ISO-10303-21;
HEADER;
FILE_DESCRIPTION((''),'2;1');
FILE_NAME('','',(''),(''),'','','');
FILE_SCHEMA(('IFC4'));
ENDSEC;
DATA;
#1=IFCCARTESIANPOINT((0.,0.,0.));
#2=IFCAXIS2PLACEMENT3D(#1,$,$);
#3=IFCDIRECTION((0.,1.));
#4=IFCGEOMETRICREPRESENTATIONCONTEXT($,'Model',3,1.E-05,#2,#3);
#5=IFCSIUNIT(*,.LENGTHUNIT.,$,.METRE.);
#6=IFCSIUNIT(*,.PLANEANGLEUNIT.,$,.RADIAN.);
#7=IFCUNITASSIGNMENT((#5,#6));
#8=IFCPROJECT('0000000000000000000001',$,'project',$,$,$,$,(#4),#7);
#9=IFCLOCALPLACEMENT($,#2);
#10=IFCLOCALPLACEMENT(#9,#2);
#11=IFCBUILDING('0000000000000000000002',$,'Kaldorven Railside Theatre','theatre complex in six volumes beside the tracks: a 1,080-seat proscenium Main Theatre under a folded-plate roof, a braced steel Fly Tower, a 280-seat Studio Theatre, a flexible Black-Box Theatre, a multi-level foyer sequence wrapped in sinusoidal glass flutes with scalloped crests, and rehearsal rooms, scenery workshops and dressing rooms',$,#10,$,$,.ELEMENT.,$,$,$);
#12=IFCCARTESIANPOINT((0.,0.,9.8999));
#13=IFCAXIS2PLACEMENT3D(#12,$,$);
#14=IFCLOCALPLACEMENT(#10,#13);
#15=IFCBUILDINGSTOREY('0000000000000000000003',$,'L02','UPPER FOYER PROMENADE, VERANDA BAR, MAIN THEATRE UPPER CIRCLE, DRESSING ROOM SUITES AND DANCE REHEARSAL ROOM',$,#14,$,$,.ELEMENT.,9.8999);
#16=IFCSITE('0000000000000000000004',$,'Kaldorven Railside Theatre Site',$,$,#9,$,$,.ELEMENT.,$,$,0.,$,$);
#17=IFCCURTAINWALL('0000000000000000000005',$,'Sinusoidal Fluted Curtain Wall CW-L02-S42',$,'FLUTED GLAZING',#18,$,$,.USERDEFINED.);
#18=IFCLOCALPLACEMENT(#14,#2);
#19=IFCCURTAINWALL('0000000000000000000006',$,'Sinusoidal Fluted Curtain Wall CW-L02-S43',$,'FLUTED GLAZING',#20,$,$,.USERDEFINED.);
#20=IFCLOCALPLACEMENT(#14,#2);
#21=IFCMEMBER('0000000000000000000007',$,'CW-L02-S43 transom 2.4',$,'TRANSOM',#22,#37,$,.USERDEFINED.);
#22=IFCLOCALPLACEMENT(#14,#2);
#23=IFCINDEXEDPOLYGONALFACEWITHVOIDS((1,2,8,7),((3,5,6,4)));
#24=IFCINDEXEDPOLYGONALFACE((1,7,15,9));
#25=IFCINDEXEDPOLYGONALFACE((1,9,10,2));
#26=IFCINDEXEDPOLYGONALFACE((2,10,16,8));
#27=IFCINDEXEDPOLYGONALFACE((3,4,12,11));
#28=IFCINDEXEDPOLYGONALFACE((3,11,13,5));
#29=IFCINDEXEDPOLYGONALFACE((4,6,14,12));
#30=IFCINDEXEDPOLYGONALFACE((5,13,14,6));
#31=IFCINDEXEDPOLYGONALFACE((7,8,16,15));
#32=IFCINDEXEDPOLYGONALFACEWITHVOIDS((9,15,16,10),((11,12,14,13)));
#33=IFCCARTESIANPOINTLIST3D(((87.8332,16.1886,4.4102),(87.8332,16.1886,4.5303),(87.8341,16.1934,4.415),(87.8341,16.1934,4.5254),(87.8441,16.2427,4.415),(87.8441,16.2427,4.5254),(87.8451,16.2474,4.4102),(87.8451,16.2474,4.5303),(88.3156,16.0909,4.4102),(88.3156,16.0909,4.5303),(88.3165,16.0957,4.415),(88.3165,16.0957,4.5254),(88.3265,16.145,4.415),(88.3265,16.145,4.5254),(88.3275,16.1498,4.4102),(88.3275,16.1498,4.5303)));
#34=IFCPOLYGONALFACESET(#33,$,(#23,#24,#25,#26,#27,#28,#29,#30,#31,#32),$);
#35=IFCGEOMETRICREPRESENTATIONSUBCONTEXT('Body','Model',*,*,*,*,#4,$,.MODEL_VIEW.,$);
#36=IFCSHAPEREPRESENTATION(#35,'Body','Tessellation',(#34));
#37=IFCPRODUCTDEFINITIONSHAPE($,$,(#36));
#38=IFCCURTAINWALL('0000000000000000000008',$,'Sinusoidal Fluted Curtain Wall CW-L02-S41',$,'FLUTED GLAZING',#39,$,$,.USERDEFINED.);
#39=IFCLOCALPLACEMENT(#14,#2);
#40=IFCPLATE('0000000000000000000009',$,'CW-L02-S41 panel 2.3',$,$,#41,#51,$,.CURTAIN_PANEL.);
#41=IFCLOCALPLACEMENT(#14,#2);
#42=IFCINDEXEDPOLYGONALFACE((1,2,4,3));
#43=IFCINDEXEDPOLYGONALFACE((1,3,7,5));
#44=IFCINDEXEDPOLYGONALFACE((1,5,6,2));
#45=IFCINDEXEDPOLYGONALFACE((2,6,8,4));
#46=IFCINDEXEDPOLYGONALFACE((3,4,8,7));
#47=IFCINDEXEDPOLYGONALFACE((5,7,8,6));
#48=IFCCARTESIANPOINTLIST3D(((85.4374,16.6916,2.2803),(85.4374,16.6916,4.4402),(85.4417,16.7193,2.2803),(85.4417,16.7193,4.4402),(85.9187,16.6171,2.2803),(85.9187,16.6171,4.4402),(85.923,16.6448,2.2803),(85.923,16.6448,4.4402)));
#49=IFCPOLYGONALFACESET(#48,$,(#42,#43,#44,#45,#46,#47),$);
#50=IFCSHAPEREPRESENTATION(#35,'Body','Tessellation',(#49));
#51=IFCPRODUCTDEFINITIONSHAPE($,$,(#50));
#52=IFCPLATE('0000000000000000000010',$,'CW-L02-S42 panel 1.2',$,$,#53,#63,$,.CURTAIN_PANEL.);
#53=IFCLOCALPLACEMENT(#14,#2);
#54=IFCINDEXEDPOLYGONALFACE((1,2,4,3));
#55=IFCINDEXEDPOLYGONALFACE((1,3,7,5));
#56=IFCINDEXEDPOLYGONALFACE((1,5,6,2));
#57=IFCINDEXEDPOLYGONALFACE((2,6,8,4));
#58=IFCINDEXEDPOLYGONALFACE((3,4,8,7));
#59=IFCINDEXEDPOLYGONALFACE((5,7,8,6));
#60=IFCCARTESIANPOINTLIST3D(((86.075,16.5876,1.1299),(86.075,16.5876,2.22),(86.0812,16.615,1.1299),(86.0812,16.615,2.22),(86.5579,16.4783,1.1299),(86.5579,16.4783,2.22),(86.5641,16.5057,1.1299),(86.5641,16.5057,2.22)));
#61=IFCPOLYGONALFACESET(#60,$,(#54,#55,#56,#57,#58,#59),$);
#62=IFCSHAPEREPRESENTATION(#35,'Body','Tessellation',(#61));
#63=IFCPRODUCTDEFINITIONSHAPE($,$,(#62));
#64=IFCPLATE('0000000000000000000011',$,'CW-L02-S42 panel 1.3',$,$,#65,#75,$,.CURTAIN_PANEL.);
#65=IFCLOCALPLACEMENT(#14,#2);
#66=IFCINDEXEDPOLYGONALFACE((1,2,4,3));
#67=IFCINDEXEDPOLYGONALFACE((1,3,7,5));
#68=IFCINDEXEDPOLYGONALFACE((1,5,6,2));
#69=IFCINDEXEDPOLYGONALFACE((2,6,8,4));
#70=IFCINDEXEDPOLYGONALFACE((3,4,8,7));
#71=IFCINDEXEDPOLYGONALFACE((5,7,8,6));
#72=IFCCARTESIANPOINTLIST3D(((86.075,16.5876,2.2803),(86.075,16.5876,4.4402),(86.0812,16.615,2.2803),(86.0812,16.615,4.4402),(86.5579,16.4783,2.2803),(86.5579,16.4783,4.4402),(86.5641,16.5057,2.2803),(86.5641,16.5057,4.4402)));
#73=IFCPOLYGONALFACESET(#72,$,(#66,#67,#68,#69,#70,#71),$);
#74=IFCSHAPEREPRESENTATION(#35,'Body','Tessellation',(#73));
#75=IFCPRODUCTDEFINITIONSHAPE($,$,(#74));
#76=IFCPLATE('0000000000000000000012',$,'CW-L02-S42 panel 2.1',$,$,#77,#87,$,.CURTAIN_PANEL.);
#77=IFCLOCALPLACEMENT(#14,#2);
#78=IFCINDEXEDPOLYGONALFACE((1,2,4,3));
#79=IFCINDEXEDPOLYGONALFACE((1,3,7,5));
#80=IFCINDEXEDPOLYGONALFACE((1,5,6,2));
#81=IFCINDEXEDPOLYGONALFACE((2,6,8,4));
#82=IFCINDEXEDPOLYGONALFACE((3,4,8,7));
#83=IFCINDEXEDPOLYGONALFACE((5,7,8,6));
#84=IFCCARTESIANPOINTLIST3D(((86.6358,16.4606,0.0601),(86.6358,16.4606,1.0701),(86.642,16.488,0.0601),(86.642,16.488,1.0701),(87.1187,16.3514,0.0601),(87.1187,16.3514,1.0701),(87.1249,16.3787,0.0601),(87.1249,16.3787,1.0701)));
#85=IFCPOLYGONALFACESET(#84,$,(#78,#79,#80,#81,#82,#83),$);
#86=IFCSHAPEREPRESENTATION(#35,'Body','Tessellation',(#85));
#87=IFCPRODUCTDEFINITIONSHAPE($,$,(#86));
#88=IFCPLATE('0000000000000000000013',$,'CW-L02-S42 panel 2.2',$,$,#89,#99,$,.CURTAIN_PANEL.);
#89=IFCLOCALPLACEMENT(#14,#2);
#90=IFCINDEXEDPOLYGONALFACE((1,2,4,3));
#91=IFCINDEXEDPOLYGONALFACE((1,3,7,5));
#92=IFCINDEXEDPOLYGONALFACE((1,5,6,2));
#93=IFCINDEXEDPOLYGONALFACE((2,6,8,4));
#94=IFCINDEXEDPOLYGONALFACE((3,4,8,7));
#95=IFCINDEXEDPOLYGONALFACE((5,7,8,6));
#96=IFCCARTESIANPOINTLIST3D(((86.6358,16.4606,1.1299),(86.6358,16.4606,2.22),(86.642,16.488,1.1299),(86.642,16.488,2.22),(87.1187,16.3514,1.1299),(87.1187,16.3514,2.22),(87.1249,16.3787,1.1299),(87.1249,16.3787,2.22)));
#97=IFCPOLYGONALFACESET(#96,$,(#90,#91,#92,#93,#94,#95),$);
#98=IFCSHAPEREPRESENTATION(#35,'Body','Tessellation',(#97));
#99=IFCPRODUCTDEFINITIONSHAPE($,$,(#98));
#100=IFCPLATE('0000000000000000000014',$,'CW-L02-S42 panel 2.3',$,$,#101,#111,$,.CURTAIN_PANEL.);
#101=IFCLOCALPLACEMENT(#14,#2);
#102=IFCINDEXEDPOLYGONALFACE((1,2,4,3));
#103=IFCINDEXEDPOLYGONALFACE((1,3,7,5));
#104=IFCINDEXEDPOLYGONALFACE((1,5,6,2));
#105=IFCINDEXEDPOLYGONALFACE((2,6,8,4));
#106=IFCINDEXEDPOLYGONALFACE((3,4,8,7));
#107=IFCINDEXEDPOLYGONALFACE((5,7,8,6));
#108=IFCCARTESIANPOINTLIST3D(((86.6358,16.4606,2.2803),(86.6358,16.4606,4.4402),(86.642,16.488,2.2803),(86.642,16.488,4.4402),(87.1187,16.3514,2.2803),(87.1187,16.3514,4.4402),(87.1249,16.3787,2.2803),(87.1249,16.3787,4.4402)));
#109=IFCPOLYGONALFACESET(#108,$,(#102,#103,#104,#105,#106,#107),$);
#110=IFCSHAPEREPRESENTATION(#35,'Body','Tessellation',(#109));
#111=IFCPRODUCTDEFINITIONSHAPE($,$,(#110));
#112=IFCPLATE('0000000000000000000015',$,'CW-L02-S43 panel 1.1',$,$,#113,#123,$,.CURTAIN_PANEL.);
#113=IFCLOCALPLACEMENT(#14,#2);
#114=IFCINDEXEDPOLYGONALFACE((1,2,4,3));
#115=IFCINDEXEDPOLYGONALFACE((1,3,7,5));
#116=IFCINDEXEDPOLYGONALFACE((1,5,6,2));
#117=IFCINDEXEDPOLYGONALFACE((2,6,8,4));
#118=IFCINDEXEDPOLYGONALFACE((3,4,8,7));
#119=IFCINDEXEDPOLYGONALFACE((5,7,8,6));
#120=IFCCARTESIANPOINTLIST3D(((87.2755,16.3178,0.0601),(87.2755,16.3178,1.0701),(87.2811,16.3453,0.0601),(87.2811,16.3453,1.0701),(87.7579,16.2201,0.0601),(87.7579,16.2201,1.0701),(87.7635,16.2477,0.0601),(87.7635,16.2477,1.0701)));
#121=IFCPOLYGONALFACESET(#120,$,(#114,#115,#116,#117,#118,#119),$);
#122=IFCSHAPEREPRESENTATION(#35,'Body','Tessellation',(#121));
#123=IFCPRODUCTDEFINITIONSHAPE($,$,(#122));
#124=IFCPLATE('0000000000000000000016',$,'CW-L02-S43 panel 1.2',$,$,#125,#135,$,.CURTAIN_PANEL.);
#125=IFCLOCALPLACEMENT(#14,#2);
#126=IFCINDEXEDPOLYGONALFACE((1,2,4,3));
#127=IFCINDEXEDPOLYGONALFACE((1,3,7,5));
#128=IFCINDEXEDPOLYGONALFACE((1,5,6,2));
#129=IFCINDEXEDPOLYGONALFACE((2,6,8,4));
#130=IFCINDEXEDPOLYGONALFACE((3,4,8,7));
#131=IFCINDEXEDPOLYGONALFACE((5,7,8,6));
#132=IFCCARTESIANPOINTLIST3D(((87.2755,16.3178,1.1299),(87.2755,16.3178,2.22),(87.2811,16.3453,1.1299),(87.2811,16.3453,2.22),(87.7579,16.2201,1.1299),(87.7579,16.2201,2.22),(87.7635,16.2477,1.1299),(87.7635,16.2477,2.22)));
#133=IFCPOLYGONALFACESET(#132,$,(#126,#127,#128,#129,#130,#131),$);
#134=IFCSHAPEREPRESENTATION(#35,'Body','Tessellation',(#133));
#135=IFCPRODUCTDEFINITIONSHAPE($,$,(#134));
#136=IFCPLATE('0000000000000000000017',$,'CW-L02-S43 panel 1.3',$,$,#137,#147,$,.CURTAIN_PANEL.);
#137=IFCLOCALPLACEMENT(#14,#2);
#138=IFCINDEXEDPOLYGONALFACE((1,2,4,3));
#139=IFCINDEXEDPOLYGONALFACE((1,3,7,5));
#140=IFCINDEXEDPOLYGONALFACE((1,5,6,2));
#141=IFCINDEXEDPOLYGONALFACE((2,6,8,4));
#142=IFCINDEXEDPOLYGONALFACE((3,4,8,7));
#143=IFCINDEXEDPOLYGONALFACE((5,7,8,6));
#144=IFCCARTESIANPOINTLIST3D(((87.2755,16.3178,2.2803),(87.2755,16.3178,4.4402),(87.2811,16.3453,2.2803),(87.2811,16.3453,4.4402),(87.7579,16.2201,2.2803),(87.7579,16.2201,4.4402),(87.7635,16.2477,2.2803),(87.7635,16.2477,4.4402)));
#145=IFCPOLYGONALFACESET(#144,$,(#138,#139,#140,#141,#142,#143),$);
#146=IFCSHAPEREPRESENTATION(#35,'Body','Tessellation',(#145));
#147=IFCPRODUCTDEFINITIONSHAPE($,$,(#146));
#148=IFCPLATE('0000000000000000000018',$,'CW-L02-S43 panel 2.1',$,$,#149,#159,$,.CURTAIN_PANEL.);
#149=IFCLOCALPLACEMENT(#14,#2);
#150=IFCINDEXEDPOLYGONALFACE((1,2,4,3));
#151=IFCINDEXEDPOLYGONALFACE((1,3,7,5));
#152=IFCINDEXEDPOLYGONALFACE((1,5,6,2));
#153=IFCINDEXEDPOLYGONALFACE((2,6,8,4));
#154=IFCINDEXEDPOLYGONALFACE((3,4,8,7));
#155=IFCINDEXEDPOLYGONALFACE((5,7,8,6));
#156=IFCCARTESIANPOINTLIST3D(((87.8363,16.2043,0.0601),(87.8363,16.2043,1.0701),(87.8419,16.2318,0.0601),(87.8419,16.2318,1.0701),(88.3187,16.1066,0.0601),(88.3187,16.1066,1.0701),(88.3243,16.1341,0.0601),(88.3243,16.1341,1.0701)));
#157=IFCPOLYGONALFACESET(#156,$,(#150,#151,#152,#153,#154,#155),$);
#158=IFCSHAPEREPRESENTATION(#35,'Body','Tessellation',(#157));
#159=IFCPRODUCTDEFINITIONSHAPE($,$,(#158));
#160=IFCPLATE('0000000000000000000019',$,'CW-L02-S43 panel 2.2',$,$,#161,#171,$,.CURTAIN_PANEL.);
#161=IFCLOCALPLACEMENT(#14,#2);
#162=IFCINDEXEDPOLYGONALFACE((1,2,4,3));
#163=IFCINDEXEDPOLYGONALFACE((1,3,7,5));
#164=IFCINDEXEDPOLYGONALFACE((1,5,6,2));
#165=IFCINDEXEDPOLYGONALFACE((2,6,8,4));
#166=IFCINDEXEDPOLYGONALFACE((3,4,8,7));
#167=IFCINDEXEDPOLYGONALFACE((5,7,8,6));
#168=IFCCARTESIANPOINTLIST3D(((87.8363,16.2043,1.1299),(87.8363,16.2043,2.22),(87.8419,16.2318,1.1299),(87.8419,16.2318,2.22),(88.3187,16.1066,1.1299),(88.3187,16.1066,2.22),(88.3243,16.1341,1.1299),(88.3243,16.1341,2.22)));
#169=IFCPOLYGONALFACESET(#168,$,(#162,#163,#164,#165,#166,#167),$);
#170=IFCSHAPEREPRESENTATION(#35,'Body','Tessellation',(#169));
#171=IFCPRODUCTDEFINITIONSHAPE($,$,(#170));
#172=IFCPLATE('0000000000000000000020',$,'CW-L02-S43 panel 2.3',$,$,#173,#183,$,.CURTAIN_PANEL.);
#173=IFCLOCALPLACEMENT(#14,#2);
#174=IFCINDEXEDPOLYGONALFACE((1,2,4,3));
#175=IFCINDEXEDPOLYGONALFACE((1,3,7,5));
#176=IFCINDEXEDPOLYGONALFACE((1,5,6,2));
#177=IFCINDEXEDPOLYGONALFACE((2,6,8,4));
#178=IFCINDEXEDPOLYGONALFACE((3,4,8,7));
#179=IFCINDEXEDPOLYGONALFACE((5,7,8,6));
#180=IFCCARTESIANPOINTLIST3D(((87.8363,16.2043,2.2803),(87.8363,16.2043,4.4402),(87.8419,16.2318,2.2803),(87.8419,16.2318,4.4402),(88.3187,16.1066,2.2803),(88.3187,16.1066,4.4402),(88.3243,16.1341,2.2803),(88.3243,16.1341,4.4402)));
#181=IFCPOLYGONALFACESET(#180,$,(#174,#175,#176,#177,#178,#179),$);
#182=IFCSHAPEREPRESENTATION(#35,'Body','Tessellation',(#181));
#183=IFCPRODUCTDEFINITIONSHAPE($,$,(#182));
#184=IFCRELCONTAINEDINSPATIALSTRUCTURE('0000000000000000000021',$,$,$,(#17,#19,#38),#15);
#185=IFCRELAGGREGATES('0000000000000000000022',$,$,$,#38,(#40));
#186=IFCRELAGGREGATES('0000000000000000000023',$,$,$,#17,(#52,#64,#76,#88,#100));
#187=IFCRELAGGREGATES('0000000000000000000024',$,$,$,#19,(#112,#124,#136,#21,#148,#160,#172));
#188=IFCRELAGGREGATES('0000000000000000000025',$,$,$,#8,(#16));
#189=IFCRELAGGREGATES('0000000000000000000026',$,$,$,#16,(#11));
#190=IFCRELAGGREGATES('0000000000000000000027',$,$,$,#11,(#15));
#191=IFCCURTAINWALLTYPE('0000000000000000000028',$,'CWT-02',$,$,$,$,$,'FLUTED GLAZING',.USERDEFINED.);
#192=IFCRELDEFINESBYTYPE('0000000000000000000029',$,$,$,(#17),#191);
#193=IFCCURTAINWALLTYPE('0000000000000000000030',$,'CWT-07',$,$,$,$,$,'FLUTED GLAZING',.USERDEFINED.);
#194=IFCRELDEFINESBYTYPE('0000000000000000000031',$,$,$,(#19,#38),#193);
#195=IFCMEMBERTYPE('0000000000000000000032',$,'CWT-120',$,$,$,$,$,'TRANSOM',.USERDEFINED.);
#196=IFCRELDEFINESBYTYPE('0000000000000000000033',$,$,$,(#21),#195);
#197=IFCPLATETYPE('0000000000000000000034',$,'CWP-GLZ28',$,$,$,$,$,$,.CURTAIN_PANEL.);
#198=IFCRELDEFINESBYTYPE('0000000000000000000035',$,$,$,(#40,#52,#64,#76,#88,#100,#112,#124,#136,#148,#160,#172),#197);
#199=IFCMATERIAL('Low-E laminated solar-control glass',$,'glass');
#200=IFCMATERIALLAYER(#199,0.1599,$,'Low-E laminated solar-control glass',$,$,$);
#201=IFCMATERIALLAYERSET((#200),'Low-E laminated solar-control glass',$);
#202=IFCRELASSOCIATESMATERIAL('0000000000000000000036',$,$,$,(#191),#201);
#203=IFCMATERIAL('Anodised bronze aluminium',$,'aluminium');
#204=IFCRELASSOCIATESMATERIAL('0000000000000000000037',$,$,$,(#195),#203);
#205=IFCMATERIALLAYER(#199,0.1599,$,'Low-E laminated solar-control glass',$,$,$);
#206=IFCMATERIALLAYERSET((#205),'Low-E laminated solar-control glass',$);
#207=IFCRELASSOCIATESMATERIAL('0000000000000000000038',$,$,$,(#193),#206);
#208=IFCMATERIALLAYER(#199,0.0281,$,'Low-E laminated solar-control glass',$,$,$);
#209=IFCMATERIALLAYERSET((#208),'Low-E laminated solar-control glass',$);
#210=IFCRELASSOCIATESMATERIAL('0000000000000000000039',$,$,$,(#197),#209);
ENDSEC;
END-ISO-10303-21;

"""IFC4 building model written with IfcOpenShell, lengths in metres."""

from ifc_helpers import new_model, si_unit, direction, frame, origin, origin_2d, place, context, subcontext, project, spatial, rectangle, hollow_rectangle, extrude, material, layer, layer_set, material_profile, profile_set, type_object, element, aggregate, save


model = new_model("IFC4")

# Units and contexts
model_context = context("Model", 3, precision=1e-05, world=origin(), true_north=direction((0.0, 1.0)))
body_context = subcontext(model_context, "Body", "Model", "MODEL_VIEW")
ifc_project = project(units=[si_unit("LENGTHUNIT", "METRE"), si_unit("PLANEANGLEUNIT", "RADIAN")], contexts=[model_context])

# Site, building, storey
site_placement = place(None, origin())
site = spatial("IfcSite", under=ifc_project, at=site_placement, Name="Kaldorven Railside Theatre Site", CompositionType="ELEMENT", RefElevation=0.0)
building_placement = place(site_placement, origin())
building = spatial("IfcBuilding", under=site, at=building_placement, Name="Kaldorven Railside Theatre", Description="theatre complex in six volumes beside the tracks: a 1,080-seat proscenium Main Theatre under a folded-plate roof, a braced steel Fly Tower, a 280-seat Studio Theatre, a flexible Black-Box Theatre, a multi-level foyer sequence wrapped in sinusoidal glass flutes with scalloped crests, and rehearsal rooms, scenery workshops and dressing rooms", CompositionType="ELEMENT")
storey_placement = place(building_placement, frame((0.0, 0.0, 9.8999)))
storey = spatial("IfcBuildingStorey", under=building, at=storey_placement, Name="L02", Description="UPPER FOYER PROMENADE, VERANDA BAR, MAIN THEATRE UPPER CIRCLE, DRESSING ROOM SUITES AND DANCE REHEARSAL ROOM", CompositionType="ELEMENT", Elevation=9.8999)

# Curtain walls, member
ifc_material_1 = material(Name="Low-E laminated solar-control glass", Category="glass")
ifc_layer_1 = layer(ifc_material_1, 0.1599, Name="Low-E laminated solar-control glass")
ifc_layer_set_1 = layer_set([ifc_layer_1], Name="Low-E laminated solar-control glass")
curtain_wall_type_1 = type_object("IfcCurtainWallType", Name="CWT-02", ElementType="FLUTED GLAZING", PredefinedType="USERDEFINED", material=ifc_layer_set_1)
curtain_wall_1_placement = place(storey_placement, origin())
curtain_wall_1 = element("IfcCurtainWall", 1, at=curtain_wall_1_placement, inside=storey, type_object=curtain_wall_type_1, Name="Sinusoidal Fluted Curtain Wall CW-L02-S42", ObjectType="FLUTED GLAZING", PredefinedType="USERDEFINED")
ifc_material_2 = material(Name="Anodised bronze aluminium", Category="aluminium")
ifc_material_profile = material_profile(ifc_material_2, hollow_rectangle(XDim=0.0601, YDim=0.1201, WallThickness=0.0049, at=origin_2d()), Name="RHS 120x60x5")
ifc_profile_set = profile_set([ifc_material_profile], Name="Anodised bronze aluminium")
member_type = type_object("IfcMemberType", Name="CWT-120", ElementType="TRANSOM", PredefinedType="USERDEFINED", material=ifc_profile_set)
ifc_layer_2 = layer(ifc_material_1, 0.1599, Name="Low-E laminated solar-control glass")
ifc_layer_set_2 = layer_set([ifc_layer_2], Name="Low-E laminated solar-control glass")
curtain_wall_type_2 = type_object("IfcCurtainWallType", Name="CWT-07", ElementType="FLUTED GLAZING", PredefinedType="USERDEFINED", material=ifc_layer_set_2)
curtain_wall_2_placement = place(storey_placement, origin())
curtain_wall_2 = element("IfcCurtainWall", 2, at=curtain_wall_2_placement, inside=storey, type_object=curtain_wall_type_2, Name="Sinusoidal Fluted Curtain Wall CW-L02-S43", ObjectType="FLUTED GLAZING", PredefinedType="USERDEFINED")
member_1_placement = place(storey_placement, frame((87.8391, 16.218, 4.4702), z_axis=(0.98012, -0.198405, 0.0), x_axis=(0.198405, 0.98012, 0.0)))
member_1 = element("IfcMember", 3, at=member_1_placement, type_object=member_type, Name="CW-L02-S43 transom 2.4", ObjectType="TRANSOM", PredefinedType="USERDEFINED", context=body_context, shape_type="SweptSolid", body=[
    extrude(hollow_rectangle(XDim=0.0601, YDim=0.1201, WallThickness=0.0049, at=origin_2d()), origin(), (0.0, 0.0, 1.0), 0.4922),
])

# Curtain wall, plate
curtain_wall_3_placement = place(storey_placement, origin())
curtain_wall_3 = element("IfcCurtainWall", 4, at=curtain_wall_3_placement, inside=storey, type_object=curtain_wall_type_2, Name="Sinusoidal Fluted Curtain Wall CW-L02-S41", ObjectType="FLUTED GLAZING", PredefinedType="USERDEFINED")
ifc_layer_3 = layer(ifc_material_1, 0.0281, Name="Low-E laminated solar-control glass")
ifc_layer_set_3 = layer_set([ifc_layer_3], Name="Low-E laminated solar-control glass")
plate_type = type_object("IfcPlateType", Name="CWP-GLZ28", PredefinedType="CURTAIN_PANEL", material=ifc_layer_set_3)
plate_1_placement = place(storey_placement, frame((85.6802, 16.6682, 2.2803), z_axis=(0.0, 0.0, 1.0), x_axis=(0.988225, -0.15301, 0.0)))
plate_1 = element("IfcPlate", 5, at=plate_1_placement, type_object=plate_type, Name="CW-L02-S41 panel 2.3", PredefinedType="CURTAIN_PANEL", context=body_context, shape_type="SweptSolid", body=[
    extrude(rectangle(XDim=0.4871, YDim=0.0281, at=origin_2d()), origin(), (0.0, 0.0, 1.0), 2.1599),
])
aggregate(curtain_wall_3, [plate_1])

# Plates
plate_2_placement = place(storey_placement, frame((86.3196, 16.5466, 1.1299), z_axis=(0.0, 0.0, 1.0), x_axis=(0.975348, -0.220672, 0.0)))
plate_2 = element("IfcPlate", 6, at=plate_2_placement, type_object=plate_type, Name="CW-L02-S42 panel 1.2", PredefinedType="CURTAIN_PANEL", context=body_context, shape_type="SweptSolid", body=[
    extrude(rectangle(XDim=0.4951, YDim=0.0281, at=origin_2d()), origin(), (0.0, 0.0, 1.0), 1.0901),
])
plate_3_placement = place(storey_placement, frame((86.3196, 16.5466, 2.2803), z_axis=(0.0, 0.0, 1.0), x_axis=(0.975348, -0.220672, 0.0)))
plate_3 = element("IfcPlate", 7, at=plate_3_placement, type_object=plate_type, Name="CW-L02-S42 panel 1.3", PredefinedType="CURTAIN_PANEL", context=body_context, shape_type="SweptSolid", body=[
    extrude(rectangle(XDim=0.4951, YDim=0.0281, at=origin_2d()), origin(), (0.0, 0.0, 1.0), 2.1599),
])
plate_4_placement = place(storey_placement, frame((86.8804, 16.4197, 0.0601), z_axis=(0.0, 0.0, 1.0), x_axis=(0.975348, -0.220672, 0.0)))
plate_4 = element("IfcPlate", 8, at=plate_4_placement, type_object=plate_type, Name="CW-L02-S42 panel 2.1", PredefinedType="CURTAIN_PANEL", context=body_context, shape_type="SweptSolid", body=[
    extrude(rectangle(XDim=0.4951, YDim=0.0281, at=origin_2d()), origin(), (0.0, 0.0, 1.0), 1.01),
])
plate_5_placement = place(storey_placement, frame((86.8804, 16.4197, 1.1299), z_axis=(0.0, 0.0, 1.0), x_axis=(0.975348, -0.220672, 0.0)))
plate_5 = element("IfcPlate", 9, at=plate_5_placement, type_object=plate_type, Name="CW-L02-S42 panel 2.2", PredefinedType="CURTAIN_PANEL", context=body_context, shape_type="SweptSolid", body=[
    extrude(rectangle(XDim=0.4951, YDim=0.0281, at=origin_2d()), origin(), (0.0, 0.0, 1.0), 1.0901),
])
plate_6_placement = place(storey_placement, frame((86.8804, 16.4197, 2.2803), z_axis=(0.0, 0.0, 1.0), x_axis=(0.975348, -0.220672, 0.0)))
plate_6 = element("IfcPlate", 10, at=plate_6_placement, type_object=plate_type, Name="CW-L02-S42 panel 2.3", PredefinedType="CURTAIN_PANEL", context=body_context, shape_type="SweptSolid", body=[
    extrude(rectangle(XDim=0.4951, YDim=0.0281, at=origin_2d()), origin(), (0.0, 0.0, 1.0), 2.1599),
])
aggregate(curtain_wall_1, [plate_2, plate_3, plate_4, plate_5, plate_6])
plate_7_placement = place(storey_placement, frame((87.5195, 16.2827, 0.0601), z_axis=(0.0, 0.0, 1.0), x_axis=(0.980123, -0.198393, 0.0)))
plate_7 = element("IfcPlate", 11, at=plate_7_placement, type_object=plate_type, Name="CW-L02-S43 panel 1.1", PredefinedType="CURTAIN_PANEL", context=body_context, shape_type="SweptSolid", body=[
    extrude(rectangle(XDim=0.4922, YDim=0.0281, at=origin_2d()), origin(), (0.0, 0.0, 1.0), 1.01),
])
plate_8_placement = place(storey_placement, frame((87.5195, 16.2827, 1.1299), z_axis=(0.0, 0.0, 1.0), x_axis=(0.980123, -0.198393, 0.0)))
plate_8 = element("IfcPlate", 12, at=plate_8_placement, type_object=plate_type, Name="CW-L02-S43 panel 1.2", PredefinedType="CURTAIN_PANEL", context=body_context, shape_type="SweptSolid", body=[
    extrude(rectangle(XDim=0.4922, YDim=0.0281, at=origin_2d()), origin(), (0.0, 0.0, 1.0), 1.0901),
])
plate_9_placement = place(storey_placement, frame((87.5195, 16.2827, 2.2803), z_axis=(0.0, 0.0, 1.0), x_axis=(0.980123, -0.198393, 0.0)))
plate_9 = element("IfcPlate", 13, at=plate_9_placement, type_object=plate_type, Name="CW-L02-S43 panel 1.3", PredefinedType="CURTAIN_PANEL", context=body_context, shape_type="SweptSolid", body=[
    extrude(rectangle(XDim=0.4922, YDim=0.0281, at=origin_2d()), origin(), (0.0, 0.0, 1.0), 2.1599),
])
plate_10_placement = place(storey_placement, frame((88.0803, 16.1692, 0.0601), z_axis=(0.0, 0.0, 1.0), x_axis=(0.980123, -0.198393, 0.0)))
plate_10 = element("IfcPlate", 14, at=plate_10_placement, type_object=plate_type, Name="CW-L02-S43 panel 2.1", PredefinedType="CURTAIN_PANEL", context=body_context, shape_type="SweptSolid", body=[
    extrude(rectangle(XDim=0.4922, YDim=0.0281, at=origin_2d()), origin(), (0.0, 0.0, 1.0), 1.01),
])
plate_11_placement = place(storey_placement, frame((88.0803, 16.1692, 1.1299), z_axis=(0.0, 0.0, 1.0), x_axis=(0.980123, -0.198393, 0.0)))
plate_11 = element("IfcPlate", 15, at=plate_11_placement, type_object=plate_type, Name="CW-L02-S43 panel 2.2", PredefinedType="CURTAIN_PANEL", context=body_context, shape_type="SweptSolid", body=[
    extrude(rectangle(XDim=0.4922, YDim=0.0281, at=origin_2d()), origin(), (0.0, 0.0, 1.0), 1.0901),
])
plate_12_placement = place(storey_placement, frame((88.0803, 16.1692, 2.2803), z_axis=(0.0, 0.0, 1.0), x_axis=(0.980123, -0.198393, 0.0)))
plate_12 = element("IfcPlate", 16, at=plate_12_placement, type_object=plate_type, Name="CW-L02-S43 panel 2.3", PredefinedType="CURTAIN_PANEL", context=body_context, shape_type="SweptSolid", body=[
    extrude(rectangle(XDim=0.4922, YDim=0.0281, at=origin_2d()), origin(), (0.0, 0.0, 1.0), 2.1599),
])
aggregate(curtain_wall_2, [plate_7, plate_8, plate_9, member_1, plate_10, plate_11, plate_12])

save(model, "model.ifc")
